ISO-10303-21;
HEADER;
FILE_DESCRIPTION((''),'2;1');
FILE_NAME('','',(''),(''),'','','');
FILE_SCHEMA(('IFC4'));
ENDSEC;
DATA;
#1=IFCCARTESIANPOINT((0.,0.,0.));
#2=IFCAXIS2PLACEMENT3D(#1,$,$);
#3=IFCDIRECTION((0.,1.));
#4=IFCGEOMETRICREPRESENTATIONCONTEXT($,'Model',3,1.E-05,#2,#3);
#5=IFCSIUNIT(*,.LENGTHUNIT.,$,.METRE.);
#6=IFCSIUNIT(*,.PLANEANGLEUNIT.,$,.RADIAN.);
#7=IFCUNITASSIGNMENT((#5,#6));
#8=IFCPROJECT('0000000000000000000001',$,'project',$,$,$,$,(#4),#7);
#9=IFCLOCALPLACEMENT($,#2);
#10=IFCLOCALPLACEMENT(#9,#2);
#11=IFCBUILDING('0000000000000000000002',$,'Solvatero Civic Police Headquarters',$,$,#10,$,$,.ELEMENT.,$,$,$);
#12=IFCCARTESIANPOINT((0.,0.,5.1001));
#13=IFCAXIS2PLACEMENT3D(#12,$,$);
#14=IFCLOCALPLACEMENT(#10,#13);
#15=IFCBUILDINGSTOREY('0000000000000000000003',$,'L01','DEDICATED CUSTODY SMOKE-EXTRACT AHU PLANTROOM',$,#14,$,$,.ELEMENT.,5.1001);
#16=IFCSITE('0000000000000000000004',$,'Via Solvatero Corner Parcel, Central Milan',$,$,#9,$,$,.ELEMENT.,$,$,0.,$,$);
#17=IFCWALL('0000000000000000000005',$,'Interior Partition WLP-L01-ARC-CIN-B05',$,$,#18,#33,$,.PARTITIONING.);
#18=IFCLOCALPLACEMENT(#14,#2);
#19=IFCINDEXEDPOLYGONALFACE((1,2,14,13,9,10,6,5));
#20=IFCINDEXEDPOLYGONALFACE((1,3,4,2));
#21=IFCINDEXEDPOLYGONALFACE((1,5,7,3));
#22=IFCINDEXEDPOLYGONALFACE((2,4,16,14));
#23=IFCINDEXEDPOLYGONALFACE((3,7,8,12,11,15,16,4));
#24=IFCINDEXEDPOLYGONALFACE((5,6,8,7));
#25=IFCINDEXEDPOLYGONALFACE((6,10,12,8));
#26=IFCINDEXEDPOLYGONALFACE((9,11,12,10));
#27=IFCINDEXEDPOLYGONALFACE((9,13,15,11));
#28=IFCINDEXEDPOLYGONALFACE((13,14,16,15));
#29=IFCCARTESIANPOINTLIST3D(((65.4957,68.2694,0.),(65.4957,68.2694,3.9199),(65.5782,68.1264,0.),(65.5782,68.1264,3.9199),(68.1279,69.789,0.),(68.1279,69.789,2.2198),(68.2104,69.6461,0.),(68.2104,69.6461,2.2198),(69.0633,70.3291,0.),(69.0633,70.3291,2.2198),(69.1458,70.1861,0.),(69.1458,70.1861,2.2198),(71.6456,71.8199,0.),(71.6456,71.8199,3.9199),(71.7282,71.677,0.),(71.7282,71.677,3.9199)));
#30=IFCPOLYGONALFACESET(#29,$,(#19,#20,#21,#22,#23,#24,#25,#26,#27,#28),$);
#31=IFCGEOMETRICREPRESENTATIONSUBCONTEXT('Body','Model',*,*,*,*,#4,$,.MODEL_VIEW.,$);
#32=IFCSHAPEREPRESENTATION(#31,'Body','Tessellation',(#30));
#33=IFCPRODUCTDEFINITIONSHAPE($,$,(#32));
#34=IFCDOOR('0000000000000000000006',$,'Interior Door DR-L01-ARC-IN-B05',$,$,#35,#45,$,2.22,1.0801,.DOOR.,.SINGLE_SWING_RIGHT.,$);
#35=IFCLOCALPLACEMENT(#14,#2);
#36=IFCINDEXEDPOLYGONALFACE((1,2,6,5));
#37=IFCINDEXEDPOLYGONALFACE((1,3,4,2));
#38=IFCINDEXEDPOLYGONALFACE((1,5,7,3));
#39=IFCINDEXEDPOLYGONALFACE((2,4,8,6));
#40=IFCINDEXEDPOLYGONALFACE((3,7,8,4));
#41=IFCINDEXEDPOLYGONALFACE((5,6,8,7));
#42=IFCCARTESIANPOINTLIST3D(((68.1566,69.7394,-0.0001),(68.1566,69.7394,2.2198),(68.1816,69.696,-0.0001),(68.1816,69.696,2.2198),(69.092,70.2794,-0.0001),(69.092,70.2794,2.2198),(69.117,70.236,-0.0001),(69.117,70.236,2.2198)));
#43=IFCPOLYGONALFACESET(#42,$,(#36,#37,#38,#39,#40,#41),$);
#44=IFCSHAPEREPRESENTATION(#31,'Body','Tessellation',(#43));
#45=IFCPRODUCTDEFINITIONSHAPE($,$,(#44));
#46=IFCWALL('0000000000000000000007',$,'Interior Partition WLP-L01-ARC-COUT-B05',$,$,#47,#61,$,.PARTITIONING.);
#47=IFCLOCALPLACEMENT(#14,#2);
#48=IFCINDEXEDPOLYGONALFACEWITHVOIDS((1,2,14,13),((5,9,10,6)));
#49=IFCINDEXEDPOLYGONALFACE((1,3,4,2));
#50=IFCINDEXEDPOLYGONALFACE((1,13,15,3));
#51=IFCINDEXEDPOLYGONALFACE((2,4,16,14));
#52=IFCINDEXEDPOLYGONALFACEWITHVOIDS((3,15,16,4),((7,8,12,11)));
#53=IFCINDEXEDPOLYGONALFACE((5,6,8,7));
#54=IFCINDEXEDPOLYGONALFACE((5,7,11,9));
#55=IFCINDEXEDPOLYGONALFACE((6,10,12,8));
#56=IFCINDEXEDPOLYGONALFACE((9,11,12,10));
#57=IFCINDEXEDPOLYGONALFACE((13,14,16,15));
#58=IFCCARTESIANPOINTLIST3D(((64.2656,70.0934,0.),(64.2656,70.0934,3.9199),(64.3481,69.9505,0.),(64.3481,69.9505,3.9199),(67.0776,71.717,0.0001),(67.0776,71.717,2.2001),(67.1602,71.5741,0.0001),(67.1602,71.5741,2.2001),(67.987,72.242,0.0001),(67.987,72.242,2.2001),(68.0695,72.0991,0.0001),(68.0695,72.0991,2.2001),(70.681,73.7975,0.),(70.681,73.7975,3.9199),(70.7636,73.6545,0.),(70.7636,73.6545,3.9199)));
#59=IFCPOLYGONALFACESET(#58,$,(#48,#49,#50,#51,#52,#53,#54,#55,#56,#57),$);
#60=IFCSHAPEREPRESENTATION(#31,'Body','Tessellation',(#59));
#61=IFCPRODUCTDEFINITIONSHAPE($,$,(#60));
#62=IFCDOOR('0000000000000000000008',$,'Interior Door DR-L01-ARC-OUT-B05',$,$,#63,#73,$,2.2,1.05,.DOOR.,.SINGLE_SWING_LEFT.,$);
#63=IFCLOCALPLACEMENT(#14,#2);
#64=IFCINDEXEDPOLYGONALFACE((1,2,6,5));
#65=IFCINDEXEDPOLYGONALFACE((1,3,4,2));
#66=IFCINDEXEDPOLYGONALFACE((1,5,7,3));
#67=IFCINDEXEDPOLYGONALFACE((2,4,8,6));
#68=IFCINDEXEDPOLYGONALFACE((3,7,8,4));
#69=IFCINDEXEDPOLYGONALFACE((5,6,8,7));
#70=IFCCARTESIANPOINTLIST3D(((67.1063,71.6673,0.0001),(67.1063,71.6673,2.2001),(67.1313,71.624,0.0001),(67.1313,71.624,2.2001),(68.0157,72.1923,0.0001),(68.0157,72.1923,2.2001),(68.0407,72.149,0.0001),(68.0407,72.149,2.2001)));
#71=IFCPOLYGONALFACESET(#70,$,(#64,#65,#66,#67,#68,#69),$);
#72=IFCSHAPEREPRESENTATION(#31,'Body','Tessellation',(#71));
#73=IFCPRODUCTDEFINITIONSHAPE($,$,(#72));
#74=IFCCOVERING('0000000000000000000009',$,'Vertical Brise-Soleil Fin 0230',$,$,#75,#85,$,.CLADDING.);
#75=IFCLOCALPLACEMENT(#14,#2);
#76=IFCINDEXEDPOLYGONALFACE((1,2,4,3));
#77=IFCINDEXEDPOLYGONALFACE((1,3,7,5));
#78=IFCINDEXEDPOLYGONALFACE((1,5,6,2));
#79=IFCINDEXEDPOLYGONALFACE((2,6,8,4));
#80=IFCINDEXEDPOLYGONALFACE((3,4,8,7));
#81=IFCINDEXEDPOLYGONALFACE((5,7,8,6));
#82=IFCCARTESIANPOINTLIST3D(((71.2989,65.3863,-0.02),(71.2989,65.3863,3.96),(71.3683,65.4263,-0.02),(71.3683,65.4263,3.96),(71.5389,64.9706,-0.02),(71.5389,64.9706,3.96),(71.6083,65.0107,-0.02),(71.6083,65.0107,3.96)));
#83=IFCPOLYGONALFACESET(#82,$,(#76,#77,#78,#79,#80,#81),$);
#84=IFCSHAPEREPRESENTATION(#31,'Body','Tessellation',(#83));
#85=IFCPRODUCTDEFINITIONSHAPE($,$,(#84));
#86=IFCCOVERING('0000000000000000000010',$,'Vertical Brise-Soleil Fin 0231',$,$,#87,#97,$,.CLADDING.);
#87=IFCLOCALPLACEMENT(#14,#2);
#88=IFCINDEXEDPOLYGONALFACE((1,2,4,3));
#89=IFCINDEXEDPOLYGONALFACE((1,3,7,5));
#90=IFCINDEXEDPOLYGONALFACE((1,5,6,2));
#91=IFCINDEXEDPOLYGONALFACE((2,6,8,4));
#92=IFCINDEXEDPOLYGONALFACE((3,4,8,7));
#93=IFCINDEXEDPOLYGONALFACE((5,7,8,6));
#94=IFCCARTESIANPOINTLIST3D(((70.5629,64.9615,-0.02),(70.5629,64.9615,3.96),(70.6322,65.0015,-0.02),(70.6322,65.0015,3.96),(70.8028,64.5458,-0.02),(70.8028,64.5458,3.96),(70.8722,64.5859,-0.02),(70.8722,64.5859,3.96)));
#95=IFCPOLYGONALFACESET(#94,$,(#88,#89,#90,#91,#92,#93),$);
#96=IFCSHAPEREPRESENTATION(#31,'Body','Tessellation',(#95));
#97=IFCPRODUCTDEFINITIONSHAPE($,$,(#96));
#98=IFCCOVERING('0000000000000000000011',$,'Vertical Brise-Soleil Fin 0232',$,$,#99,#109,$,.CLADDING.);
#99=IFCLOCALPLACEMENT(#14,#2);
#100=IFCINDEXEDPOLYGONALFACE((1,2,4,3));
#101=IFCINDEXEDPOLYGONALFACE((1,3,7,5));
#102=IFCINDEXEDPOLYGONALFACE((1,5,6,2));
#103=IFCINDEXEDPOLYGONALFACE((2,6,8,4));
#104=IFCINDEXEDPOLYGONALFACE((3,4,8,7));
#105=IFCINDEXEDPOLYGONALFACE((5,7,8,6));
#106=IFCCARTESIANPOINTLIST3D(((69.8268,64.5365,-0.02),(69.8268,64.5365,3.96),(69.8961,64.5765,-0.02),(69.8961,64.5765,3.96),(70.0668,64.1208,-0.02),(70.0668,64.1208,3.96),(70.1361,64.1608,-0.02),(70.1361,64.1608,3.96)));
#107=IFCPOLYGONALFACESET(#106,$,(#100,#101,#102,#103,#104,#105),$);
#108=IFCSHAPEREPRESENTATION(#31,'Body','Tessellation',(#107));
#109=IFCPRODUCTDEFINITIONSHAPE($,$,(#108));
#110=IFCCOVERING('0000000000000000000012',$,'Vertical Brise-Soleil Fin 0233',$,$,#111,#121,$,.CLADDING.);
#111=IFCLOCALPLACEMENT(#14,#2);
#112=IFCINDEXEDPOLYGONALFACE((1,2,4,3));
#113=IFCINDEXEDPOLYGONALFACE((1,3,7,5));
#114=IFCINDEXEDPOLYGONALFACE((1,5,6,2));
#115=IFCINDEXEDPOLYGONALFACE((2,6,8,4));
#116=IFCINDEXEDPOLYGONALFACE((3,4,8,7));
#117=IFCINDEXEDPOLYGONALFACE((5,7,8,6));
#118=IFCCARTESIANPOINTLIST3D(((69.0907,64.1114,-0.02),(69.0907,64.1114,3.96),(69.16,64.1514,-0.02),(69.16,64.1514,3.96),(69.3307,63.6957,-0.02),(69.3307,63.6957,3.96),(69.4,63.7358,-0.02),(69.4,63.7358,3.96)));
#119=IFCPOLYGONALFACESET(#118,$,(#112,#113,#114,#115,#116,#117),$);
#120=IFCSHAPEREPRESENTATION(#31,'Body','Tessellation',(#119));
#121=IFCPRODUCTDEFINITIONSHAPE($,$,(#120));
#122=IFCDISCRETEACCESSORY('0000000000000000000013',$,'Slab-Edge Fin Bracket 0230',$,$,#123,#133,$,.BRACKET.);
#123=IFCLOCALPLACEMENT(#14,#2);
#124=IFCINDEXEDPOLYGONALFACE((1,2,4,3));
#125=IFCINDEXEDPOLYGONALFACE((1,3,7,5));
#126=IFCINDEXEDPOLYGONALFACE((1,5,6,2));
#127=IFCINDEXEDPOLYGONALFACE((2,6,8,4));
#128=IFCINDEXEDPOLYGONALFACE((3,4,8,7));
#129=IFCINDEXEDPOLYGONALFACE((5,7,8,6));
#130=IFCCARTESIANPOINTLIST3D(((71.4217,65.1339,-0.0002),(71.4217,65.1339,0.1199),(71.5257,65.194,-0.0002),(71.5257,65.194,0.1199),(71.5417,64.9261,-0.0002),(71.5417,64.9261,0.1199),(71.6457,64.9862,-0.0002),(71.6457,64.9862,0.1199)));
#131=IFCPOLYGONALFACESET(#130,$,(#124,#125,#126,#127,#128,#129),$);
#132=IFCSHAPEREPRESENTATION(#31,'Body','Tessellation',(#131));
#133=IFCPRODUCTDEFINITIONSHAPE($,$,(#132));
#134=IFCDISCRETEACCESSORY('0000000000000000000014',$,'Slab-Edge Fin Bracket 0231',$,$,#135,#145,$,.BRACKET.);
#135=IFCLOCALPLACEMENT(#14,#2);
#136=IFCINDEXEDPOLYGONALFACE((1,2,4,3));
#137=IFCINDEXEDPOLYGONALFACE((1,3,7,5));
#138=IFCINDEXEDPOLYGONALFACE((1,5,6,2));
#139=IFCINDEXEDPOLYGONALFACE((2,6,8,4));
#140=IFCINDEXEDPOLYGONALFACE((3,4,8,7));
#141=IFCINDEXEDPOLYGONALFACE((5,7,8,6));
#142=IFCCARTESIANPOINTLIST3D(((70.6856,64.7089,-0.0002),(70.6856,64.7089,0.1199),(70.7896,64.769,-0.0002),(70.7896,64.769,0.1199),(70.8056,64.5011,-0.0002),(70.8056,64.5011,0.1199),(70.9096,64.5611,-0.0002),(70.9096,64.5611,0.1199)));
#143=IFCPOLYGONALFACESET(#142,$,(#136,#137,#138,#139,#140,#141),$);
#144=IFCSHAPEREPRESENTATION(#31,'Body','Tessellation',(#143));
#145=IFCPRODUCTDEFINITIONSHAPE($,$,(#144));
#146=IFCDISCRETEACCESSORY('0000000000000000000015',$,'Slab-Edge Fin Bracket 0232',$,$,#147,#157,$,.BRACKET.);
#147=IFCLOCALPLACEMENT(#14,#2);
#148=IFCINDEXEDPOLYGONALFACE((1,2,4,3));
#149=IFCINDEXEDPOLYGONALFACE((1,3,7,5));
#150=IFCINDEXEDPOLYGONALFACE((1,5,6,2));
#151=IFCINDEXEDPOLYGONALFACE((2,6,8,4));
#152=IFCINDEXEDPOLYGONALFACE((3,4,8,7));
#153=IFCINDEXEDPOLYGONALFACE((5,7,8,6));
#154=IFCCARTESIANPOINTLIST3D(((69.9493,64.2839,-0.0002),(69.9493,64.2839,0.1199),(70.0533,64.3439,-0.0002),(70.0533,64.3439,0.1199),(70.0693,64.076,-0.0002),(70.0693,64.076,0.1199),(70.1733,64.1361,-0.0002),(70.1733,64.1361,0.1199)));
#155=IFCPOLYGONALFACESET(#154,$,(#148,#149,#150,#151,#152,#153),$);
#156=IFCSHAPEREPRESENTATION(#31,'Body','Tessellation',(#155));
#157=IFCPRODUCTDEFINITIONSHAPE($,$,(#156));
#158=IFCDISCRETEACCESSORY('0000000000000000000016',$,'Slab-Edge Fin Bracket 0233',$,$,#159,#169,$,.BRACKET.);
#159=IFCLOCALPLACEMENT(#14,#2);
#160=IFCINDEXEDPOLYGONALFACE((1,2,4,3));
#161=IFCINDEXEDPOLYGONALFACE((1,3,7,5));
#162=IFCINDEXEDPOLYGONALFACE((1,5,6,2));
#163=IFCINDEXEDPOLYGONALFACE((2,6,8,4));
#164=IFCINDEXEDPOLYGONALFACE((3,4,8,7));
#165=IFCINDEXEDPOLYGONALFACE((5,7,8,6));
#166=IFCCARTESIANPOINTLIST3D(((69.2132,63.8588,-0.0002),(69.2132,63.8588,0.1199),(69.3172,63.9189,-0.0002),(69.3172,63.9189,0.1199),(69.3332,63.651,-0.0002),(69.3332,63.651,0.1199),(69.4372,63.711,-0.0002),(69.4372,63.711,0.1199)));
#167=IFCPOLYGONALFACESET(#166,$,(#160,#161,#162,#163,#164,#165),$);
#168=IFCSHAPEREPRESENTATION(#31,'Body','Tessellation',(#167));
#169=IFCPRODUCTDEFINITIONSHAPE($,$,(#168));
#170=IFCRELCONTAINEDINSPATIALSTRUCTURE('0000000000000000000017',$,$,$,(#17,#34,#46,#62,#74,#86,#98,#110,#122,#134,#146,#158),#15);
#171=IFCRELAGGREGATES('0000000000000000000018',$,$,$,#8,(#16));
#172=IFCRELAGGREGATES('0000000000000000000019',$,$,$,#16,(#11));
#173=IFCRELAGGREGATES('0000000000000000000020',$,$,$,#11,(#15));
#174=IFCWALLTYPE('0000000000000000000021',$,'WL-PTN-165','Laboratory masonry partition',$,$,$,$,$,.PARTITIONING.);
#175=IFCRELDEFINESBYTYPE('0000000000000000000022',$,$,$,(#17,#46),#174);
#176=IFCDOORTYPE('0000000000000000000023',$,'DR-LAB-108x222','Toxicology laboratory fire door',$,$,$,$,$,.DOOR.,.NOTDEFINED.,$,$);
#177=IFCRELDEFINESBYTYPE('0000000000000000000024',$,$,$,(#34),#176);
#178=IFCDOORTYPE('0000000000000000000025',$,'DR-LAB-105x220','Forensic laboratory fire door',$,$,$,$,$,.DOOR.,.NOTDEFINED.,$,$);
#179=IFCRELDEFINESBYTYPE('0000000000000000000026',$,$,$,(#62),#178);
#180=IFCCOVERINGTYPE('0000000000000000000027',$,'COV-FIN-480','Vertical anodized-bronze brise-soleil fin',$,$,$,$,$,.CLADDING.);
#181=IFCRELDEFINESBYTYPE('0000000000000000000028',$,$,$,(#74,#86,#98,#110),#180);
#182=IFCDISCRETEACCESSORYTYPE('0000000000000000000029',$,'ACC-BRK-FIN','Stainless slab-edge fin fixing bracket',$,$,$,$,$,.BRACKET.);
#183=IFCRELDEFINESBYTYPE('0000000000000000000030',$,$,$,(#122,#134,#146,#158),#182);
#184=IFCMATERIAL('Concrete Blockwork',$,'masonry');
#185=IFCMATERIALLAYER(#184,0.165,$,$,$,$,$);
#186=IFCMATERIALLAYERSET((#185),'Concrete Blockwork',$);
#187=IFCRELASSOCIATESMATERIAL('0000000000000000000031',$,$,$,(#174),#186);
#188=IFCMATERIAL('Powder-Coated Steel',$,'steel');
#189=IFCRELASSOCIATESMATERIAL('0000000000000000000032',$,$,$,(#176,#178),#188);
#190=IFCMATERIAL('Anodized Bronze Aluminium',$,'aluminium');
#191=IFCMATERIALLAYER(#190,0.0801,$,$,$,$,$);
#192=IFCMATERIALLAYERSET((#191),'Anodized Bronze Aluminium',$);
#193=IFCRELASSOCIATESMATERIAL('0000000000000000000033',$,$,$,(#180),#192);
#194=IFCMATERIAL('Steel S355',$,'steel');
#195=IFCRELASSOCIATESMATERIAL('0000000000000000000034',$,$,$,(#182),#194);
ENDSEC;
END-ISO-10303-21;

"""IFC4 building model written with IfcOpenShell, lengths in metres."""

from ifc_helpers import new_model, si_unit, direction, frame, frame_2d, origin, origin_2d, place, context, subcontext, project, spatial, rectangle, extrude, material, layer, layer_set, type_object, element, fill, save


model = new_model("IFC4")

# Units and contexts
model_context = context("Model", 3, precision=1e-05, world=origin(), true_north=direction((0.0, 1.0)))
body_context = subcontext(model_context, "Body", "Model", "MODEL_VIEW")
ifc_project = project(units=[si_unit("LENGTHUNIT", "METRE"), si_unit("PLANEANGLEUNIT", "RADIAN")], contexts=[model_context])

# Site, building, storey
site_placement = place(None, origin())
site = spatial("IfcSite", under=ifc_project, at=site_placement, Name="Via Solvatero Corner Parcel, Central Milan", CompositionType="ELEMENT", RefElevation=0.0)
building_placement = place(site_placement, origin())
building = spatial("IfcBuilding", under=site, at=building_placement, Name="Solvatero Civic Police Headquarters", CompositionType="ELEMENT")
storey_placement = place(building_placement, frame((0.0, 0.0, 5.1001)))
storey = spatial("IfcBuildingStorey", under=building, at=storey_placement, Name="L01", Description="DEDICATED CUSTODY SMOKE-EXTRACT AHU PLANTROOM", CompositionType="ELEMENT", Elevation=5.1001)

# Shared definitions
ifc_material_1 = material(Name="Steel S355", Category="steel")

# Shared definitions
ifc_material_2 = material(Name="Anodized Bronze Aluminium", Category="aluminium")

# Walls, openings, doors
ifc_material_3 = material(Name="Concrete Blockwork", Category="masonry")
ifc_layer_1 = layer(ifc_material_3, 0.165)
ifc_layer_set_1 = layer_set([ifc_layer_1], Name="Concrete Blockwork")
wall_type = type_object("IfcWallType", Name="WL-PTN-165", Description="Laboratory masonry partition", PredefinedType="PARTITIONING", material=ifc_layer_set_1)
wall_1_placement = place(storey_placement, frame((71.687, 71.7485, 0.0), z_axis=(0.0, 0.0, 1.0), x_axis=(-0.866032, -0.499988, 0.0)))
wall_1 = element("IfcWall", 1, at=wall_1_placement, inside=storey, type_object=wall_type, Name="Interior Partition WLP-L01-ARC-CIN-B05", PredefinedType="PARTITIONING", context=body_context, shape_type="SweptSolid", body=[
    extrude(rectangle(XDim=7.1013, YDim=0.165, at=frame_2d((3.5508, 0.0))), origin(), (0.0, 0.0, 1.0), 3.9199),
])
opening_1_placement = place(wall_1_placement, frame((2.9819, 0.0, 0.0)))
opening_1 = element("IfcOpeningElement", 2, at=opening_1_placement, cuts=wall_1, PredefinedType="OPENING", context=body_context, shape_type="SweptSolid", body=[
    extrude(rectangle(XDim=1.0801, YDim=2.22, at=frame_2d((0.54, 1.1099))), frame((0.0, 0.0925, 0.0), z_axis=(0.0, -1.0, 0.0), x_axis=(1.0, 0.0, 0.0)), (0.0, 0.0, 1.0), 0.1851),
])
ifc_material_4 = material(Name="Powder-Coated Steel", Category="steel")
door_type_1 = type_object("IfcDoorType", Name="DR-LAB-108x222", Description="Toxicology laboratory fire door", OperationType="NOTDEFINED", PredefinedType="DOOR", material=ifc_material_4)
door_1_placement = place(opening_1_placement, origin())
door_1 = element("IfcDoor", 3, at=door_1_placement, inside=storey, type_object=door_type_1, Name="Interior Door DR-L01-ARC-IN-B05", OperationType="SINGLE_SWING_RIGHT", OverallHeight=2.22, OverallWidth=1.0801, PredefinedType="DOOR", context=body_context, shape_type="SweptSolid", body=[
    extrude(rectangle(XDim=1.0801, YDim=2.22, at=frame_2d((0.54, 1.1099))), frame((0.0, 0.0249, 0.0), z_axis=(0.0, -1.0, 0.0), x_axis=(1.0, 0.0, 0.0)), (0.0, 0.0, 1.0), 0.05),
])
fill(opening_1, door_1)
wall_2_placement = place(storey_placement, frame((70.7224, 73.7261, 0.0), z_axis=(0.0, 0.0, 1.0), x_axis=(-0.86602, -0.50001, 0.0)))
wall_2 = element("IfcWall", 4, at=wall_2_placement, inside=storey, type_object=wall_type, Name="Interior Partition WLP-L01-ARC-COUT-B05", PredefinedType="PARTITIONING", context=body_context, shape_type="SweptSolid", body=[
    extrude(rectangle(XDim=7.408, YDim=0.165, at=frame_2d((3.7041, 0.0))), origin(), (0.0, 0.0, 1.0), 3.9199),
])
opening_2_placement = place(wall_2_placement, frame((3.1111, 0.0, 0.0)))
opening_2 = element("IfcOpeningElement", 5, at=opening_2_placement, cuts=wall_2, PredefinedType="OPENING", context=body_context, shape_type="SweptSolid", body=[
    extrude(rectangle(XDim=1.05, YDim=2.2, at=frame_2d((0.5249, 1.1001))), frame((0.0, 0.0925, 0.0), z_axis=(0.0, -1.0, 0.0), x_axis=(1.0, 0.0, 0.0)), (0.0, 0.0, 1.0), 0.1851),
])
door_type_2 = type_object("IfcDoorType", Name="DR-LAB-105x220", Description="Forensic laboratory fire door", OperationType="NOTDEFINED", PredefinedType="DOOR", material=ifc_material_4)
door_2_placement = place(opening_2_placement, origin())
door_2 = element("IfcDoor", 6, at=door_2_placement, inside=storey, type_object=door_type_2, Name="Interior Door DR-L01-ARC-OUT-B05", OperationType="SINGLE_SWING_LEFT", OverallHeight=2.2, OverallWidth=1.05, PredefinedType="DOOR", context=body_context, shape_type="SweptSolid", body=[
    extrude(rectangle(XDim=1.05, YDim=2.2, at=frame_2d((0.5249, 1.1001))), frame((0.0, 0.0249, 0.0), z_axis=(0.0, -1.0, 0.0), x_axis=(1.0, 0.0, 0.0)), (0.0, 0.0, 1.0), 0.05),
])
fill(opening_2, door_2)

# Coverings
ifc_layer_2 = layer(ifc_material_2, 0.0801)
ifc_layer_set_2 = layer_set([ifc_layer_2], Name="Anodized Bronze Aluminium")
covering_type = type_object("IfcCoveringType", Name="COV-FIN-480", Description="Vertical anodized-bronze brise-soleil fin", PredefinedType="CLADDING", material=ifc_layer_set_2)
for number, where, z_axis, x_axis, name in (
    (7, (71.4536, 65.1985, -0.02), (0.0, 0.0, 1.0), (-0.866025, -0.5, 0.0), "Vertical Brise-Soleil Fin 0230"),
    (8, (70.7175, 64.7737, -0.02), (0.0, 0.0, 1.0), (-0.866025, -0.5, 0.0), "Vertical Brise-Soleil Fin 0231"),
    (9, (69.9814, 64.3486, -0.02), (0.0, 0.0, 1.0), (-0.866025, -0.5, 0.0), "Vertical Brise-Soleil Fin 0232"),
    (10, (69.2454, 63.9236, -0.02), (0.0, 0.0, 1.0), (-0.866025, -0.5, 0.0), "Vertical Brise-Soleil Fin 0233"),
):
    element("IfcCovering", number, at=place(storey_placement, frame(where, z_axis=z_axis, x_axis=x_axis)), inside=storey, type_object=covering_type, Name=name, PredefinedType="CLADDING", context=body_context, shape_type="SweptSolid", body=[
        extrude(rectangle(XDim=0.0801, YDim=0.48, at=origin_2d()), origin(), (0.0, 0.0, 1.0), 3.98),
    ])

# Discrete accessories
discrete_accessory_type = type_object("IfcDiscreteAccessoryType", Name="ACC-BRK-FIN", Description="Stainless slab-edge fin fixing bracket", PredefinedType="BRACKET", material=ifc_material_1)
for number, where, z_axis, x_axis, name in (
    (11, (71.5337, 65.0601, -0.0002), (0.0, 0.0, 1.0), (-0.866025, -0.5, 0.0), "Slab-Edge Fin Bracket 0230"),
    (12, (70.7976, 64.635, -0.0002), (0.0, 0.0, 1.0), (-0.866025, -0.5, 0.0), "Slab-Edge Fin Bracket 0231"),
    (13, (70.0613, 64.21, -0.0002), (0.0, 0.0, 1.0), (-0.866025, -0.5, 0.0), "Slab-Edge Fin Bracket 0232"),
    (14, (69.3252, 63.7849, -0.0002), (0.0, 0.0, 1.0), (-0.866025, -0.5, 0.0), "Slab-Edge Fin Bracket 0233"),
):
    element("IfcDiscreteAccessory", number, at=place(storey_placement, frame(where, z_axis=z_axis, x_axis=x_axis)), inside=storey, type_object=discrete_accessory_type, Name=name, PredefinedType="BRACKET", context=body_context, shape_type="SweptSolid", body=[
        extrude(rectangle(XDim=0.1201, YDim=0.24, at=origin_2d()), origin(), (0.0, 0.0, 1.0), 0.1201),
    ])

save(model, "model.ifc")
